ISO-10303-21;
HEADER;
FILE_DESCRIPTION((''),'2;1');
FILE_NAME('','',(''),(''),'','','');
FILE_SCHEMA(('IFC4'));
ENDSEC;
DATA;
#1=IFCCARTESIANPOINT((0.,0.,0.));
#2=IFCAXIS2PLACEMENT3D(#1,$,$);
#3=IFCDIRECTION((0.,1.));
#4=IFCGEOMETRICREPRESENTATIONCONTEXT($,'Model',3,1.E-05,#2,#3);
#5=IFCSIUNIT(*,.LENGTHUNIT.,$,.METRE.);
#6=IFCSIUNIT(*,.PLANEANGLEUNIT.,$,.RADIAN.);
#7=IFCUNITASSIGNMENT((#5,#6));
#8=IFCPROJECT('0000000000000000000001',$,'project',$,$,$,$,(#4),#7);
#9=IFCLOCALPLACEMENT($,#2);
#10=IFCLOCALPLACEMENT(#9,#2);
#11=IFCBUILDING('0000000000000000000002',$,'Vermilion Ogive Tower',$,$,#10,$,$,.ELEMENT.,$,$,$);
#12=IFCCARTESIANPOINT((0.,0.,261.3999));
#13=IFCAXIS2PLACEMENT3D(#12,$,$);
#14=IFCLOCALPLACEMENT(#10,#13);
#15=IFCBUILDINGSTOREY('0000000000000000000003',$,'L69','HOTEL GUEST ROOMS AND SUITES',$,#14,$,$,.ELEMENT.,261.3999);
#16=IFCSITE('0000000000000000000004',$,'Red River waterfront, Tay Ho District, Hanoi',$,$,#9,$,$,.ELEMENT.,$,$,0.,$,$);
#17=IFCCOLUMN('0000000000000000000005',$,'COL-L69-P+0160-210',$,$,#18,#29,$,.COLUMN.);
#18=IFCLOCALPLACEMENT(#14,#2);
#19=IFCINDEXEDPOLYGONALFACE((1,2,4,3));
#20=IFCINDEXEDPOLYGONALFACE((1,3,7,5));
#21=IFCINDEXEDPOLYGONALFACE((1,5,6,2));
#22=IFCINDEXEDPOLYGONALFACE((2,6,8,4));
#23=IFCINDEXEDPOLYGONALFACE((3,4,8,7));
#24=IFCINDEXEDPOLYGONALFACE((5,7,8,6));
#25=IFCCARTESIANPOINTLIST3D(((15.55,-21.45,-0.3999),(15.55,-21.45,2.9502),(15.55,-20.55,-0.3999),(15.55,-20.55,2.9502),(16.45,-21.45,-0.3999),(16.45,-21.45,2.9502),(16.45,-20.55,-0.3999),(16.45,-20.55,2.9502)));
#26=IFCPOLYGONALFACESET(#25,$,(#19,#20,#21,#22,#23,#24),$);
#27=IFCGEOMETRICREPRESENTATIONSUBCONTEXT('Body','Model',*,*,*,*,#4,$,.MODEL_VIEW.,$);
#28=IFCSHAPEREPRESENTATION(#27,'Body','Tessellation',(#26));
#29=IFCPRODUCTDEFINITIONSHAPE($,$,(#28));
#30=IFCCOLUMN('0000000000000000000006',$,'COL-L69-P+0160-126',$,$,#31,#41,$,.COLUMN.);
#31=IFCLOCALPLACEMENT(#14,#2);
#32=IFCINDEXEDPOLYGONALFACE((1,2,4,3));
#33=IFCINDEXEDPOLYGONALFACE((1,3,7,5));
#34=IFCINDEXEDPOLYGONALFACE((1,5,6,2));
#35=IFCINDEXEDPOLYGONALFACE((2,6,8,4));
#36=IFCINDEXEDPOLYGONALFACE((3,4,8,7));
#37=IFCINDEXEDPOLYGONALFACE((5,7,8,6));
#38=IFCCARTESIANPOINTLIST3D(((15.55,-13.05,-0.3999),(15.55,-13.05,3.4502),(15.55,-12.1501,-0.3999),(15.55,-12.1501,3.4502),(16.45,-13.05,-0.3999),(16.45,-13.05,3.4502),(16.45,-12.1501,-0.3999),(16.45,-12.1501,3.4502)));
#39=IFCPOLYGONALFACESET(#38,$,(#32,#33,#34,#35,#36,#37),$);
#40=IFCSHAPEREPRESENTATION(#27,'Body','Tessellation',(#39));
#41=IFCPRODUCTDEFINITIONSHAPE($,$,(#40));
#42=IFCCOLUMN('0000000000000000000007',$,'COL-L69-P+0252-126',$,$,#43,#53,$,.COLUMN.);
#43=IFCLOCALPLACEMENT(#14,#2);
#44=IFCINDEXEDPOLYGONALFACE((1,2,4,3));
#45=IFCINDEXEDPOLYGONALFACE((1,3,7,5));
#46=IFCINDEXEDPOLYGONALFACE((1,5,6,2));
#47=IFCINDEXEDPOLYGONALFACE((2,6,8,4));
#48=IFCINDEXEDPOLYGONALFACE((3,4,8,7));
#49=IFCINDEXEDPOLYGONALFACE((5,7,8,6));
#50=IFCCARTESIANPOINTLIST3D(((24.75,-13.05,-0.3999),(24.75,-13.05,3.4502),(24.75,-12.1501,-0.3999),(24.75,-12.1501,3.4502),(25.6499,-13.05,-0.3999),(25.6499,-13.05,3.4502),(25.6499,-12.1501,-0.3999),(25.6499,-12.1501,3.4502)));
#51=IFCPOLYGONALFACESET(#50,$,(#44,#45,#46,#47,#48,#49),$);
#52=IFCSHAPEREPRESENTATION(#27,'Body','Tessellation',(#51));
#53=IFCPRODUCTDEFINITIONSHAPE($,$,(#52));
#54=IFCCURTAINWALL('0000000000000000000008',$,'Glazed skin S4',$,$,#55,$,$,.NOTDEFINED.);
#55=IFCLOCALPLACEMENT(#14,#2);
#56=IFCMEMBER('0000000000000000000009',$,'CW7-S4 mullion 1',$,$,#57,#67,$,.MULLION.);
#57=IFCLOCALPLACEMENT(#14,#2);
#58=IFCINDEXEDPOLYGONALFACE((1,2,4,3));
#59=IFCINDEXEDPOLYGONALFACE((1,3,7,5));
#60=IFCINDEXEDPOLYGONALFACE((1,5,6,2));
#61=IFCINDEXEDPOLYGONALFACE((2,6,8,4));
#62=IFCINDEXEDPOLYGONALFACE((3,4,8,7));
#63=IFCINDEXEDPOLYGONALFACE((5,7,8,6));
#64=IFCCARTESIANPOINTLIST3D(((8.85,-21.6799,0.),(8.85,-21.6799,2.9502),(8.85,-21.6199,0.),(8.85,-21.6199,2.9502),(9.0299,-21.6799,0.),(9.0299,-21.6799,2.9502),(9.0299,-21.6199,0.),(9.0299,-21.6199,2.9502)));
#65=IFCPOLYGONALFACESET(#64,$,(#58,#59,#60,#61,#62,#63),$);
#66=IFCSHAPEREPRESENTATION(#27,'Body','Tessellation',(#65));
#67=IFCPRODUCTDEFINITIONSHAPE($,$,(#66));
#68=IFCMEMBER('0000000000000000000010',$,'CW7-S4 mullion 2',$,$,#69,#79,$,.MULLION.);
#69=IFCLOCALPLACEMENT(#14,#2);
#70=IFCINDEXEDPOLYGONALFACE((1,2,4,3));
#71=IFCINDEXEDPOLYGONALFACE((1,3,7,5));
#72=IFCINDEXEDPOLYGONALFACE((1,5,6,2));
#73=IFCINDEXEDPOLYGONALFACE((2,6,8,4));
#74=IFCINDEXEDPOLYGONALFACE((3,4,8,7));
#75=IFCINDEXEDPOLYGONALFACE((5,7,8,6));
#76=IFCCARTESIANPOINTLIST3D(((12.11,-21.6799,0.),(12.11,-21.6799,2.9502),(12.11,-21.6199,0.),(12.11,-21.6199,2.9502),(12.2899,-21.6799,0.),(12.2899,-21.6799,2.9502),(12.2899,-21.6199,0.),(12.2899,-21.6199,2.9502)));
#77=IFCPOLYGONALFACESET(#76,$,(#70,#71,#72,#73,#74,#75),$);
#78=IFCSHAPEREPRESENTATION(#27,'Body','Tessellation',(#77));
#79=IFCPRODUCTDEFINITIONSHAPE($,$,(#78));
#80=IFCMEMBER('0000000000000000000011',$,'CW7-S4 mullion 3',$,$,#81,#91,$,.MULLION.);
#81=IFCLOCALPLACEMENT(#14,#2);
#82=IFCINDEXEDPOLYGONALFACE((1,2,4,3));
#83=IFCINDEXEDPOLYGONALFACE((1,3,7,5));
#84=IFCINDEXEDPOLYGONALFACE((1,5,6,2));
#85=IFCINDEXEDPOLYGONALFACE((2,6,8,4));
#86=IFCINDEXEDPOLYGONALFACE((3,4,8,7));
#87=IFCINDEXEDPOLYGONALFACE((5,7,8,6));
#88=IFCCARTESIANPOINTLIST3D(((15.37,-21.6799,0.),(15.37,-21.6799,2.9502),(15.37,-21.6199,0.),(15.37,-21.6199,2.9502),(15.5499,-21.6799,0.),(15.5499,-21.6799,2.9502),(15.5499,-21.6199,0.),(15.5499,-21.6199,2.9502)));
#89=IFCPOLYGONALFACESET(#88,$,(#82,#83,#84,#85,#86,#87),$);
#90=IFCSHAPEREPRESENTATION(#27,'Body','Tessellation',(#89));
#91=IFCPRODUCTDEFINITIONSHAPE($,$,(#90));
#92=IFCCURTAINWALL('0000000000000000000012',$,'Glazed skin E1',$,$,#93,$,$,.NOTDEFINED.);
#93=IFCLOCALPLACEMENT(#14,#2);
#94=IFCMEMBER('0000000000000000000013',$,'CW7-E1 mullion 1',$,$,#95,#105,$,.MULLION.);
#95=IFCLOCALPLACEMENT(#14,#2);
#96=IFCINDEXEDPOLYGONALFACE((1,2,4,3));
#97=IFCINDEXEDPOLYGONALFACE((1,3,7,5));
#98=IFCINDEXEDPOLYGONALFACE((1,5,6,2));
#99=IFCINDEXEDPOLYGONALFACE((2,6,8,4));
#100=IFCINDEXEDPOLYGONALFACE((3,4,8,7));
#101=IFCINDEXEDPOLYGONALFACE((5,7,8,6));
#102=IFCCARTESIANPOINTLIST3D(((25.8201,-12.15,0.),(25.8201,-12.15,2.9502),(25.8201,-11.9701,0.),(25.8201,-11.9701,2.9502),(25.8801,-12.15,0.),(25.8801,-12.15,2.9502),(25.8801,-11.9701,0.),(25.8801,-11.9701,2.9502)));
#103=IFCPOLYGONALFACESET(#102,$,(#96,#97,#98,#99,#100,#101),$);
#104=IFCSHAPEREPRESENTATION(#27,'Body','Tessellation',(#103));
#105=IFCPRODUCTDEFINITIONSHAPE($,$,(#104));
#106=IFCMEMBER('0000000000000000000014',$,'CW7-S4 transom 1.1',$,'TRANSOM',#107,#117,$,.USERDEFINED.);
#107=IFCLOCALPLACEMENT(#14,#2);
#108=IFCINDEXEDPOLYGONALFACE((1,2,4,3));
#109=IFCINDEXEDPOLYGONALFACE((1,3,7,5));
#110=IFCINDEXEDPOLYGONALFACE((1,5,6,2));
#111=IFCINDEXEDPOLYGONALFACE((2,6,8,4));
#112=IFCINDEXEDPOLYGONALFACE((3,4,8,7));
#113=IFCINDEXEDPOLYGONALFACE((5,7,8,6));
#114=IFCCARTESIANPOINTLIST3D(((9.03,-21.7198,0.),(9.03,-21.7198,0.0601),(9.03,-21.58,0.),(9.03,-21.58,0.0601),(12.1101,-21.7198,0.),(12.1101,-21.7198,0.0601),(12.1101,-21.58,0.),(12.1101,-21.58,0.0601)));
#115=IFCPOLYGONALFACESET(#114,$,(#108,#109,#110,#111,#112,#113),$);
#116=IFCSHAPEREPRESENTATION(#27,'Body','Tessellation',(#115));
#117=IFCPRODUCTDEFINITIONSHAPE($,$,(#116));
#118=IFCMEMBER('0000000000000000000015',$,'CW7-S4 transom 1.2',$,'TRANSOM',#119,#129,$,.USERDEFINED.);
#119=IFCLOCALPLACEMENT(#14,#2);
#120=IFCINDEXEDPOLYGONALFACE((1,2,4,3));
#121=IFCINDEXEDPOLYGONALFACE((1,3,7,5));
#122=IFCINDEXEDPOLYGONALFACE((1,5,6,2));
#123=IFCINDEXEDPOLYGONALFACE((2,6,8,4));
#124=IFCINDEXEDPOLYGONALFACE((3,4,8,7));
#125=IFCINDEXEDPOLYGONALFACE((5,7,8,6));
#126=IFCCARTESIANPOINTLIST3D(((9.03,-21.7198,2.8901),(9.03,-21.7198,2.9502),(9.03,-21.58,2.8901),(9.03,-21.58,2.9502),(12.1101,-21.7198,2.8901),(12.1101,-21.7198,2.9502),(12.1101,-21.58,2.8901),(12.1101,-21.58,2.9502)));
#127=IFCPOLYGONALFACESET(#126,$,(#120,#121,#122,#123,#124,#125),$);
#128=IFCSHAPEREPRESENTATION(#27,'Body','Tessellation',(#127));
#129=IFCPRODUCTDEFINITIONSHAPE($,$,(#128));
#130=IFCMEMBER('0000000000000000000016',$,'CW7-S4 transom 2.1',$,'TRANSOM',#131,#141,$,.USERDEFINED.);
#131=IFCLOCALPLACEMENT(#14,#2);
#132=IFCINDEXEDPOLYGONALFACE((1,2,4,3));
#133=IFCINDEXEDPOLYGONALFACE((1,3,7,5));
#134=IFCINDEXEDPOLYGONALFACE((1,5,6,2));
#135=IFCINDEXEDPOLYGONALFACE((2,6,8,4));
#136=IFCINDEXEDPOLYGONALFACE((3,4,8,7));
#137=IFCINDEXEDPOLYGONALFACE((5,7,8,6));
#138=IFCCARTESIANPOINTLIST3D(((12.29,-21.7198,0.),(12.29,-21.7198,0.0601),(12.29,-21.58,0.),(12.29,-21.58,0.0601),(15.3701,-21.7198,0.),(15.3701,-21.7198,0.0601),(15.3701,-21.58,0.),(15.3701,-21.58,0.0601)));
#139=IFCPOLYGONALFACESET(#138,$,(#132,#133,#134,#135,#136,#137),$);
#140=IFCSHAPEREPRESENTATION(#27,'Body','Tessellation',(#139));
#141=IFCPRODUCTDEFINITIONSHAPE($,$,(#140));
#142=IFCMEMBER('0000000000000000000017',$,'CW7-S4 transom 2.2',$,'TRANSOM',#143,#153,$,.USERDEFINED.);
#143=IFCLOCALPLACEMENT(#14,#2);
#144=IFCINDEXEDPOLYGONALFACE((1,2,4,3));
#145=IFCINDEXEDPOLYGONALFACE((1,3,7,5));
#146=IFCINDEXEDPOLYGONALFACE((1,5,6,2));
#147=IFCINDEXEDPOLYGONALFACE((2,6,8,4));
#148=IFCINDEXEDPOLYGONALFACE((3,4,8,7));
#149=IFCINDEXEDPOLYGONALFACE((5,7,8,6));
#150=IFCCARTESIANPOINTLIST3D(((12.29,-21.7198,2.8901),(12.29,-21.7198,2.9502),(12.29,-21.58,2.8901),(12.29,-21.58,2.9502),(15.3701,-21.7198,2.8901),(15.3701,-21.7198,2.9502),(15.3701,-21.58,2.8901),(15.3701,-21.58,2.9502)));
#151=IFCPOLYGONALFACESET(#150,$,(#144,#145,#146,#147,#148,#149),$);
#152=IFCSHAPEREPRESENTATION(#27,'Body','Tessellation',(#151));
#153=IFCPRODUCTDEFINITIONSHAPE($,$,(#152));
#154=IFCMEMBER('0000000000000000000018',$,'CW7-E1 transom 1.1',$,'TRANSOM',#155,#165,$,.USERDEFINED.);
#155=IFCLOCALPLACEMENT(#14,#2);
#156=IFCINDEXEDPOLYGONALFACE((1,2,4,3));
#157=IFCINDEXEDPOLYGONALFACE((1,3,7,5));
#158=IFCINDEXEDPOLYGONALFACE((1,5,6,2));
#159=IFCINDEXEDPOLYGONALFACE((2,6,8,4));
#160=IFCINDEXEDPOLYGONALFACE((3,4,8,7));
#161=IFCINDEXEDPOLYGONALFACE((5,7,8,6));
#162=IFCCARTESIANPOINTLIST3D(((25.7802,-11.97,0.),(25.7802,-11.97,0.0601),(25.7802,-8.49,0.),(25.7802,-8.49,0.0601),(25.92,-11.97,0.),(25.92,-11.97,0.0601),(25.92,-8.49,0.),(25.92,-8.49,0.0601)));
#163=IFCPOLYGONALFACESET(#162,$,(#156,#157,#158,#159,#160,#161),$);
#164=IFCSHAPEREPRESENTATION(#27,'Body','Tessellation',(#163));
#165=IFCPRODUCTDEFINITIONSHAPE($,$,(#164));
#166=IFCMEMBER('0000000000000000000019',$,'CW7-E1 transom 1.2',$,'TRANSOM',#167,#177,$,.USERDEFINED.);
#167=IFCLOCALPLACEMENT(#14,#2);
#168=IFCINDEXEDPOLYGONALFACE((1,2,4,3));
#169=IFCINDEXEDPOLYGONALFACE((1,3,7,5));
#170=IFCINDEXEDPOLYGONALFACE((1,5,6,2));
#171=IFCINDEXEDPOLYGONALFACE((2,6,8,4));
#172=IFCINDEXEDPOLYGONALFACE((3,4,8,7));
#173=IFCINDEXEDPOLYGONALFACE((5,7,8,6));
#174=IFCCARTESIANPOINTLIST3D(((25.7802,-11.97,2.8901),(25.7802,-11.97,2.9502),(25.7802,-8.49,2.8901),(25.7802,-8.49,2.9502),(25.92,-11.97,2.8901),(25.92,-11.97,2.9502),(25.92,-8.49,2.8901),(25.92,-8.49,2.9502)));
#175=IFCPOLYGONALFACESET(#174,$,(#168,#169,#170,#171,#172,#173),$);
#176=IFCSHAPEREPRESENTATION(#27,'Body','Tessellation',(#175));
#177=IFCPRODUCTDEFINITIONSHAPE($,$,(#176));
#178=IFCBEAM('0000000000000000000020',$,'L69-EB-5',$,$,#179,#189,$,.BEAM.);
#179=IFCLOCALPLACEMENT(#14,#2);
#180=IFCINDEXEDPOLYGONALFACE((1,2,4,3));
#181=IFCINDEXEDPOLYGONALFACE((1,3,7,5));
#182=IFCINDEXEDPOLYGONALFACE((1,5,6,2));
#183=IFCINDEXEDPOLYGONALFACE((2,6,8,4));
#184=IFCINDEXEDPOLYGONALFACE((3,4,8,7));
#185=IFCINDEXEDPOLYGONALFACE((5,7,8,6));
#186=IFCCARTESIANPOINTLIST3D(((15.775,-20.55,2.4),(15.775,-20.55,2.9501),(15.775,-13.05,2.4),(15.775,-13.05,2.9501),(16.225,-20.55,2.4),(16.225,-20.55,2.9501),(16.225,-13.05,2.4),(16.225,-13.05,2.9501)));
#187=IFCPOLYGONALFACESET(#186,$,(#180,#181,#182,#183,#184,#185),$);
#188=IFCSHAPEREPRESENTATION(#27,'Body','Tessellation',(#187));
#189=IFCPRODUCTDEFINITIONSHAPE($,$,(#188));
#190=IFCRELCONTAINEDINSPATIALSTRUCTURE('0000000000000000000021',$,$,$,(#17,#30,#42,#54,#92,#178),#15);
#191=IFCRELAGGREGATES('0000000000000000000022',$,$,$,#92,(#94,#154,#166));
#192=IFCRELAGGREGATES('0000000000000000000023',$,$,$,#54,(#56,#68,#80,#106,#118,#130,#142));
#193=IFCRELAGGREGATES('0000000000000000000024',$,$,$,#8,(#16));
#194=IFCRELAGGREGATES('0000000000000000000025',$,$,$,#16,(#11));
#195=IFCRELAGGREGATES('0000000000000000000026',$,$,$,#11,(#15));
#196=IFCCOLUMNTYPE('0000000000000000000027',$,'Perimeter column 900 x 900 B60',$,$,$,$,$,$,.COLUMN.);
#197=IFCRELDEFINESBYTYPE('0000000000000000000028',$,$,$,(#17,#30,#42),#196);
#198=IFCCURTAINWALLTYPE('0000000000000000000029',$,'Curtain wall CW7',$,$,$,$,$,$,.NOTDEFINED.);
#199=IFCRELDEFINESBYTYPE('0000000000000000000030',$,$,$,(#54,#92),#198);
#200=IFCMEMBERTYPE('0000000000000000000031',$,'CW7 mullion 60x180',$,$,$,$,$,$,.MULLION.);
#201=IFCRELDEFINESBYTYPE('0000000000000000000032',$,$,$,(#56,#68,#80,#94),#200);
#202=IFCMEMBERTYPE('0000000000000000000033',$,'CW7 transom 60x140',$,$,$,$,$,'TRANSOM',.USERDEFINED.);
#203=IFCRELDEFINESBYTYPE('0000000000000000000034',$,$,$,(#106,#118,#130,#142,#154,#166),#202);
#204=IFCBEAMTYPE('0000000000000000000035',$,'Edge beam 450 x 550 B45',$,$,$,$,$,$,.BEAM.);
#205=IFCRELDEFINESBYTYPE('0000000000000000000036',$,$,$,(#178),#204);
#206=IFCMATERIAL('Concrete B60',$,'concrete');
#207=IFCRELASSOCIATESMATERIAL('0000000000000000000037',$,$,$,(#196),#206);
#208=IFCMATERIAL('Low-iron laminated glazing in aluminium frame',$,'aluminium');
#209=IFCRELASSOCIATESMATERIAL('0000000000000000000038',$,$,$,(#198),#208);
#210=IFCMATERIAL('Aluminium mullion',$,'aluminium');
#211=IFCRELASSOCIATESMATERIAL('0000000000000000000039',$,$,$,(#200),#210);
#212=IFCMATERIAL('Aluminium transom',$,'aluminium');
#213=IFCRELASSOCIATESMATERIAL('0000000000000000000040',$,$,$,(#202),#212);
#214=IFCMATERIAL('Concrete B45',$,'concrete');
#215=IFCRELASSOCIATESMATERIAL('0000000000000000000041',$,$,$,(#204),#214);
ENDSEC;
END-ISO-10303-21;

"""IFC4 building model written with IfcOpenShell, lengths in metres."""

from ifc_helpers import new_model, si_unit, direction, frame, origin, origin_2d, place, context, subcontext, project, spatial, rectangle, extrude, material, material_profile, profile_set, type_object, element, aggregate, save


model = new_model("IFC4")

# Units and contexts
model_context = context("Model", 3, precision=1e-05, world=origin(), true_north=direction((0.0, 1.0)))
body_context = subcontext(model_context, "Body", "Model", "MODEL_VIEW")
ifc_project = project(units=[si_unit("LENGTHUNIT", "METRE"), si_unit("PLANEANGLEUNIT", "RADIAN")], contexts=[model_context])

# Site, building, storey
site_placement = place(None, origin())
site = spatial("IfcSite", under=ifc_project, at=site_placement, Name="Red River waterfront, Tay Ho District, Hanoi", CompositionType="ELEMENT", RefElevation=0.0)
building_placement = place(site_placement, origin())
building = spatial("IfcBuilding", under=site, at=building_placement, Name="Vermilion Ogive Tower", CompositionType="ELEMENT")
storey_placement = place(building_placement, frame((0.0, 0.0, 261.3999)))
storey = spatial("IfcBuildingStorey", under=building, at=storey_placement, Name="L69", Description="HOTEL GUEST ROOMS AND SUITES", CompositionType="ELEMENT", Elevation=261.3999)

# Columns
ifc_material_1 = material(Name="Concrete B60", Category="concrete")
ifc_material_profile_1 = material_profile(ifc_material_1, rectangle(XDim=0.8999, YDim=0.8999, at=origin_2d()), Name="900 x 900")
ifc_profile_set_1 = profile_set([ifc_material_profile_1], Name="Concrete B60")
column_type = type_object("IfcColumnType", Name="Perimeter column 900 x 900 B60", PredefinedType="COLUMN", material=ifc_profile_set_1)
column_placement = place(storey_placement, frame((16.0, -21.0, -0.3999), z_axis=(0.0, 0.0, 1.0), x_axis=(1.0, 0.0, 0.0)))
element("IfcColumn", 1, at=column_placement, inside=storey, type_object=column_type, Name="COL-L69-P+0160-210", PredefinedType="COLUMN", context=body_context, shape_type="SweptSolid", body=[
    extrude(rectangle(XDim=0.8999, YDim=0.8999, at=origin_2d()), origin(), (0.0, 0.0, 1.0), 3.3501),
])
for number, where, z_axis, x_axis, name in (
    (2, (16.0, -12.6001, -0.3999), (0.0, 0.0, 1.0), (1.0, 0.0, 0.0), "COL-L69-P+0160-126"),
    (3, (25.2, -12.6001, -0.3999), (0.0, 0.0, 1.0), (1.0, 0.0, 0.0), "COL-L69-P+0252-126"),
):
    element("IfcColumn", number, at=place(storey_placement, frame(where, z_axis=z_axis, x_axis=x_axis)), inside=storey, type_object=column_type, Name=name, PredefinedType="COLUMN", context=body_context, shape_type="SweptSolid", body=[
        extrude(rectangle(XDim=0.8999, YDim=0.8999, at=origin_2d()), origin(), (0.0, 0.0, 1.0), 3.8501),
    ])

# Curtain wall, members
ifc_material_2 = material(Name="Low-iron laminated glazing in aluminium frame", Category="aluminium")
curtain_wall_type = type_object("IfcCurtainWallType", Name="Curtain wall CW7", PredefinedType="NOTDEFINED", material=ifc_material_2)
curtain_wall_1_placement = place(storey_placement, origin())
curtain_wall_1 = element("IfcCurtainWall", 4, at=curtain_wall_1_placement, inside=storey, type_object=curtain_wall_type, Name="Glazed skin S4", PredefinedType="NOTDEFINED")
ifc_material_3 = material(Name="Aluminium mullion", Category="aluminium")
ifc_material_profile_2 = material_profile(ifc_material_3, rectangle(XDim=0.0601, YDim=0.1799, at=origin_2d()), Name="AL 60x180")
ifc_profile_set_2 = profile_set([ifc_material_profile_2], Name="Aluminium mullion")
member_type_1 = type_object("IfcMemberType", Name="CW7 mullion 60x180", PredefinedType="MULLION", material=ifc_profile_set_2)
member_1_placement = place(storey_placement, frame((8.9399, -21.6499, 0.0), z_axis=(0.0, 0.0, 1.0), x_axis=(0.0, 1.0, 0.0)))
member_1 = element("IfcMember", 5, at=member_1_placement, type_object=member_type_1, Name="CW7-S4 mullion 1", PredefinedType="MULLION", context=body_context, shape_type="SweptSolid", body=[
    extrude(rectangle(XDim=0.0601, YDim=0.1799, at=origin_2d()), origin(), (0.0, 0.0, 1.0), 2.9502),
])
member_2_placement = place(storey_placement, frame((12.2, -21.6499, 0.0), z_axis=(0.0, 0.0, 1.0), x_axis=(0.0, 1.0, 0.0)))
member_2 = element("IfcMember", 6, at=member_2_placement, type_object=member_type_1, Name="CW7-S4 mullion 2", PredefinedType="MULLION", context=body_context, shape_type="SweptSolid", body=[
    extrude(rectangle(XDim=0.0601, YDim=0.1799, at=origin_2d()), origin(), (0.0, 0.0, 1.0), 2.9502),
])
member_3_placement = place(storey_placement, frame((15.46, -21.6499, 0.0), z_axis=(0.0, 0.0, 1.0), x_axis=(0.0, 1.0, 0.0)))
member_3 = element("IfcMember", 7, at=member_3_placement, type_object=member_type_1, Name="CW7-S4 mullion 3", PredefinedType="MULLION", context=body_context, shape_type="SweptSolid", body=[
    extrude(rectangle(XDim=0.0601, YDim=0.1799, at=origin_2d()), origin(), (0.0, 0.0, 1.0), 2.9502),
])

# Curtain wall, member
curtain_wall_2_placement = place(storey_placement, origin())
curtain_wall_2 = element("IfcCurtainWall", 8, at=curtain_wall_2_placement, inside=storey, type_object=curtain_wall_type, Name="Glazed skin E1", PredefinedType="NOTDEFINED")
member_4_placement = place(storey_placement, frame((25.8501, -12.0601, 0.0), z_axis=(0.0, 0.0, 1.0), x_axis=(-1.0, 0.0, 0.0)))
member_4 = element("IfcMember", 9, at=member_4_placement, type_object=member_type_1, Name="CW7-E1 mullion 1", PredefinedType="MULLION", context=body_context, shape_type="SweptSolid", body=[
    extrude(rectangle(XDim=0.0601, YDim=0.1799, at=origin_2d()), origin(), (0.0, 0.0, 1.0), 2.9502),
])

# Members
ifc_material_4 = material(Name="Aluminium transom", Category="aluminium")
ifc_material_profile_3 = material_profile(ifc_material_4, rectangle(XDim=0.1399, YDim=0.0601, at=origin_2d()), Name="AL 60x140")
ifc_profile_set_3 = profile_set([ifc_material_profile_3], Name="Aluminium transom")
member_type_2 = type_object("IfcMemberType", Name="CW7 transom 60x140", ElementType="TRANSOM", PredefinedType="USERDEFINED", material=ifc_profile_set_3)
member_5_placement = place(storey_placement, frame((9.03, -21.6499, 0.03), z_axis=(1.0, 0.0, 0.0), x_axis=(0.0, 1.0, 0.0)))
member_5 = element("IfcMember", 10, at=member_5_placement, type_object=member_type_2, Name="CW7-S4 transom 1.1", ObjectType="TRANSOM", PredefinedType="USERDEFINED", context=body_context, shape_type="SweptSolid", body=[
    extrude(rectangle(XDim=0.1399, YDim=0.0601, at=origin_2d()), origin(), (0.0, 0.0, 1.0), 3.0801),
])
member_6_placement = place(storey_placement, frame((9.03, -21.6499, 2.9202), z_axis=(1.0, 0.0, 0.0), x_axis=(0.0, 1.0, 0.0)))
member_6 = element("IfcMember", 11, at=member_6_placement, type_object=member_type_2, Name="CW7-S4 transom 1.2", ObjectType="TRANSOM", PredefinedType="USERDEFINED", context=body_context, shape_type="SweptSolid", body=[
    extrude(rectangle(XDim=0.1399, YDim=0.0601, at=origin_2d()), origin(), (0.0, 0.0, 1.0), 3.0801),
])
member_7_placement = place(storey_placement, frame((12.29, -21.6499, 0.03), z_axis=(1.0, 0.0, 0.0), x_axis=(0.0, 1.0, 0.0)))
member_7 = element("IfcMember", 12, at=member_7_placement, type_object=member_type_2, Name="CW7-S4 transom 2.1", ObjectType="TRANSOM", PredefinedType="USERDEFINED", context=body_context, shape_type="SweptSolid", body=[
    extrude(rectangle(XDim=0.1399, YDim=0.0601, at=origin_2d()), origin(), (0.0, 0.0, 1.0), 3.0801),
])
member_8_placement = place(storey_placement, frame((12.29, -21.6499, 2.9202), z_axis=(1.0, 0.0, 0.0), x_axis=(0.0, 1.0, 0.0)))
member_8 = element("IfcMember", 13, at=member_8_placement, type_object=member_type_2, Name="CW7-S4 transom 2.2", ObjectType="TRANSOM", PredefinedType="USERDEFINED", context=body_context, shape_type="SweptSolid", body=[
    extrude(rectangle(XDim=0.1399, YDim=0.0601, at=origin_2d()), origin(), (0.0, 0.0, 1.0), 3.0801),
])
member_9_placement = place(storey_placement, frame((25.8501, -11.97, 0.03), z_axis=(0.0, 1.0, 0.0), x_axis=(-1.0, 0.0, 0.0)))
member_9 = element("IfcMember", 14, at=member_9_placement, type_object=member_type_2, Name="CW7-E1 transom 1.1", ObjectType="TRANSOM", PredefinedType="USERDEFINED", context=body_context, shape_type="SweptSolid", body=[
    extrude(rectangle(XDim=0.1399, YDim=0.0601, at=origin_2d()), origin(), (0.0, 0.0, 1.0), 3.48),
])
member_10_placement = place(storey_placement, frame((25.8501, -11.97, 2.9202), z_axis=(0.0, 1.0, 0.0), x_axis=(-1.0, 0.0, 0.0)))
member_10 = element("IfcMember", 15, at=member_10_placement, type_object=member_type_2, Name="CW7-E1 transom 1.2", ObjectType="TRANSOM", PredefinedType="USERDEFINED", context=body_context, shape_type="SweptSolid", body=[
    extrude(rectangle(XDim=0.1399, YDim=0.0601, at=origin_2d()), origin(), (0.0, 0.0, 1.0), 3.48),
])
aggregate(curtain_wall_2, [member_4, member_9, member_10])

# Beam
ifc_material_5 = material(Name="Concrete B45", Category="concrete")
ifc_material_profile_4 = material_profile(ifc_material_5, rectangle(XDim=0.45, YDim=0.55, at=origin_2d()), Name="450 x 550")
ifc_profile_set_4 = profile_set([ifc_material_profile_4], Name="Concrete B45")
beam_type = type_object("IfcBeamType", Name="Edge beam 450 x 550 B45", PredefinedType="BEAM", material=ifc_profile_set_4)
beam_1_placement = place(storey_placement, frame((16.0, -20.55, 2.675), z_axis=(0.0, 1.0, 0.0), x_axis=(-1.0, 0.0, 0.0)))
element("IfcBeam", 16, at=beam_1_placement, inside=storey, type_object=beam_type, Name="L69-EB-5", PredefinedType="BEAM", context=body_context, shape_type="SweptSolid", body=[
    extrude(rectangle(XDim=0.45, YDim=0.55, at=origin_2d()), origin(), (0.0, 0.0, 1.0), 7.5),
])

aggregate(curtain_wall_1, [member_1, member_2, member_3, member_5, member_6, member_7, member_8])

save(model, "model.ifc")
